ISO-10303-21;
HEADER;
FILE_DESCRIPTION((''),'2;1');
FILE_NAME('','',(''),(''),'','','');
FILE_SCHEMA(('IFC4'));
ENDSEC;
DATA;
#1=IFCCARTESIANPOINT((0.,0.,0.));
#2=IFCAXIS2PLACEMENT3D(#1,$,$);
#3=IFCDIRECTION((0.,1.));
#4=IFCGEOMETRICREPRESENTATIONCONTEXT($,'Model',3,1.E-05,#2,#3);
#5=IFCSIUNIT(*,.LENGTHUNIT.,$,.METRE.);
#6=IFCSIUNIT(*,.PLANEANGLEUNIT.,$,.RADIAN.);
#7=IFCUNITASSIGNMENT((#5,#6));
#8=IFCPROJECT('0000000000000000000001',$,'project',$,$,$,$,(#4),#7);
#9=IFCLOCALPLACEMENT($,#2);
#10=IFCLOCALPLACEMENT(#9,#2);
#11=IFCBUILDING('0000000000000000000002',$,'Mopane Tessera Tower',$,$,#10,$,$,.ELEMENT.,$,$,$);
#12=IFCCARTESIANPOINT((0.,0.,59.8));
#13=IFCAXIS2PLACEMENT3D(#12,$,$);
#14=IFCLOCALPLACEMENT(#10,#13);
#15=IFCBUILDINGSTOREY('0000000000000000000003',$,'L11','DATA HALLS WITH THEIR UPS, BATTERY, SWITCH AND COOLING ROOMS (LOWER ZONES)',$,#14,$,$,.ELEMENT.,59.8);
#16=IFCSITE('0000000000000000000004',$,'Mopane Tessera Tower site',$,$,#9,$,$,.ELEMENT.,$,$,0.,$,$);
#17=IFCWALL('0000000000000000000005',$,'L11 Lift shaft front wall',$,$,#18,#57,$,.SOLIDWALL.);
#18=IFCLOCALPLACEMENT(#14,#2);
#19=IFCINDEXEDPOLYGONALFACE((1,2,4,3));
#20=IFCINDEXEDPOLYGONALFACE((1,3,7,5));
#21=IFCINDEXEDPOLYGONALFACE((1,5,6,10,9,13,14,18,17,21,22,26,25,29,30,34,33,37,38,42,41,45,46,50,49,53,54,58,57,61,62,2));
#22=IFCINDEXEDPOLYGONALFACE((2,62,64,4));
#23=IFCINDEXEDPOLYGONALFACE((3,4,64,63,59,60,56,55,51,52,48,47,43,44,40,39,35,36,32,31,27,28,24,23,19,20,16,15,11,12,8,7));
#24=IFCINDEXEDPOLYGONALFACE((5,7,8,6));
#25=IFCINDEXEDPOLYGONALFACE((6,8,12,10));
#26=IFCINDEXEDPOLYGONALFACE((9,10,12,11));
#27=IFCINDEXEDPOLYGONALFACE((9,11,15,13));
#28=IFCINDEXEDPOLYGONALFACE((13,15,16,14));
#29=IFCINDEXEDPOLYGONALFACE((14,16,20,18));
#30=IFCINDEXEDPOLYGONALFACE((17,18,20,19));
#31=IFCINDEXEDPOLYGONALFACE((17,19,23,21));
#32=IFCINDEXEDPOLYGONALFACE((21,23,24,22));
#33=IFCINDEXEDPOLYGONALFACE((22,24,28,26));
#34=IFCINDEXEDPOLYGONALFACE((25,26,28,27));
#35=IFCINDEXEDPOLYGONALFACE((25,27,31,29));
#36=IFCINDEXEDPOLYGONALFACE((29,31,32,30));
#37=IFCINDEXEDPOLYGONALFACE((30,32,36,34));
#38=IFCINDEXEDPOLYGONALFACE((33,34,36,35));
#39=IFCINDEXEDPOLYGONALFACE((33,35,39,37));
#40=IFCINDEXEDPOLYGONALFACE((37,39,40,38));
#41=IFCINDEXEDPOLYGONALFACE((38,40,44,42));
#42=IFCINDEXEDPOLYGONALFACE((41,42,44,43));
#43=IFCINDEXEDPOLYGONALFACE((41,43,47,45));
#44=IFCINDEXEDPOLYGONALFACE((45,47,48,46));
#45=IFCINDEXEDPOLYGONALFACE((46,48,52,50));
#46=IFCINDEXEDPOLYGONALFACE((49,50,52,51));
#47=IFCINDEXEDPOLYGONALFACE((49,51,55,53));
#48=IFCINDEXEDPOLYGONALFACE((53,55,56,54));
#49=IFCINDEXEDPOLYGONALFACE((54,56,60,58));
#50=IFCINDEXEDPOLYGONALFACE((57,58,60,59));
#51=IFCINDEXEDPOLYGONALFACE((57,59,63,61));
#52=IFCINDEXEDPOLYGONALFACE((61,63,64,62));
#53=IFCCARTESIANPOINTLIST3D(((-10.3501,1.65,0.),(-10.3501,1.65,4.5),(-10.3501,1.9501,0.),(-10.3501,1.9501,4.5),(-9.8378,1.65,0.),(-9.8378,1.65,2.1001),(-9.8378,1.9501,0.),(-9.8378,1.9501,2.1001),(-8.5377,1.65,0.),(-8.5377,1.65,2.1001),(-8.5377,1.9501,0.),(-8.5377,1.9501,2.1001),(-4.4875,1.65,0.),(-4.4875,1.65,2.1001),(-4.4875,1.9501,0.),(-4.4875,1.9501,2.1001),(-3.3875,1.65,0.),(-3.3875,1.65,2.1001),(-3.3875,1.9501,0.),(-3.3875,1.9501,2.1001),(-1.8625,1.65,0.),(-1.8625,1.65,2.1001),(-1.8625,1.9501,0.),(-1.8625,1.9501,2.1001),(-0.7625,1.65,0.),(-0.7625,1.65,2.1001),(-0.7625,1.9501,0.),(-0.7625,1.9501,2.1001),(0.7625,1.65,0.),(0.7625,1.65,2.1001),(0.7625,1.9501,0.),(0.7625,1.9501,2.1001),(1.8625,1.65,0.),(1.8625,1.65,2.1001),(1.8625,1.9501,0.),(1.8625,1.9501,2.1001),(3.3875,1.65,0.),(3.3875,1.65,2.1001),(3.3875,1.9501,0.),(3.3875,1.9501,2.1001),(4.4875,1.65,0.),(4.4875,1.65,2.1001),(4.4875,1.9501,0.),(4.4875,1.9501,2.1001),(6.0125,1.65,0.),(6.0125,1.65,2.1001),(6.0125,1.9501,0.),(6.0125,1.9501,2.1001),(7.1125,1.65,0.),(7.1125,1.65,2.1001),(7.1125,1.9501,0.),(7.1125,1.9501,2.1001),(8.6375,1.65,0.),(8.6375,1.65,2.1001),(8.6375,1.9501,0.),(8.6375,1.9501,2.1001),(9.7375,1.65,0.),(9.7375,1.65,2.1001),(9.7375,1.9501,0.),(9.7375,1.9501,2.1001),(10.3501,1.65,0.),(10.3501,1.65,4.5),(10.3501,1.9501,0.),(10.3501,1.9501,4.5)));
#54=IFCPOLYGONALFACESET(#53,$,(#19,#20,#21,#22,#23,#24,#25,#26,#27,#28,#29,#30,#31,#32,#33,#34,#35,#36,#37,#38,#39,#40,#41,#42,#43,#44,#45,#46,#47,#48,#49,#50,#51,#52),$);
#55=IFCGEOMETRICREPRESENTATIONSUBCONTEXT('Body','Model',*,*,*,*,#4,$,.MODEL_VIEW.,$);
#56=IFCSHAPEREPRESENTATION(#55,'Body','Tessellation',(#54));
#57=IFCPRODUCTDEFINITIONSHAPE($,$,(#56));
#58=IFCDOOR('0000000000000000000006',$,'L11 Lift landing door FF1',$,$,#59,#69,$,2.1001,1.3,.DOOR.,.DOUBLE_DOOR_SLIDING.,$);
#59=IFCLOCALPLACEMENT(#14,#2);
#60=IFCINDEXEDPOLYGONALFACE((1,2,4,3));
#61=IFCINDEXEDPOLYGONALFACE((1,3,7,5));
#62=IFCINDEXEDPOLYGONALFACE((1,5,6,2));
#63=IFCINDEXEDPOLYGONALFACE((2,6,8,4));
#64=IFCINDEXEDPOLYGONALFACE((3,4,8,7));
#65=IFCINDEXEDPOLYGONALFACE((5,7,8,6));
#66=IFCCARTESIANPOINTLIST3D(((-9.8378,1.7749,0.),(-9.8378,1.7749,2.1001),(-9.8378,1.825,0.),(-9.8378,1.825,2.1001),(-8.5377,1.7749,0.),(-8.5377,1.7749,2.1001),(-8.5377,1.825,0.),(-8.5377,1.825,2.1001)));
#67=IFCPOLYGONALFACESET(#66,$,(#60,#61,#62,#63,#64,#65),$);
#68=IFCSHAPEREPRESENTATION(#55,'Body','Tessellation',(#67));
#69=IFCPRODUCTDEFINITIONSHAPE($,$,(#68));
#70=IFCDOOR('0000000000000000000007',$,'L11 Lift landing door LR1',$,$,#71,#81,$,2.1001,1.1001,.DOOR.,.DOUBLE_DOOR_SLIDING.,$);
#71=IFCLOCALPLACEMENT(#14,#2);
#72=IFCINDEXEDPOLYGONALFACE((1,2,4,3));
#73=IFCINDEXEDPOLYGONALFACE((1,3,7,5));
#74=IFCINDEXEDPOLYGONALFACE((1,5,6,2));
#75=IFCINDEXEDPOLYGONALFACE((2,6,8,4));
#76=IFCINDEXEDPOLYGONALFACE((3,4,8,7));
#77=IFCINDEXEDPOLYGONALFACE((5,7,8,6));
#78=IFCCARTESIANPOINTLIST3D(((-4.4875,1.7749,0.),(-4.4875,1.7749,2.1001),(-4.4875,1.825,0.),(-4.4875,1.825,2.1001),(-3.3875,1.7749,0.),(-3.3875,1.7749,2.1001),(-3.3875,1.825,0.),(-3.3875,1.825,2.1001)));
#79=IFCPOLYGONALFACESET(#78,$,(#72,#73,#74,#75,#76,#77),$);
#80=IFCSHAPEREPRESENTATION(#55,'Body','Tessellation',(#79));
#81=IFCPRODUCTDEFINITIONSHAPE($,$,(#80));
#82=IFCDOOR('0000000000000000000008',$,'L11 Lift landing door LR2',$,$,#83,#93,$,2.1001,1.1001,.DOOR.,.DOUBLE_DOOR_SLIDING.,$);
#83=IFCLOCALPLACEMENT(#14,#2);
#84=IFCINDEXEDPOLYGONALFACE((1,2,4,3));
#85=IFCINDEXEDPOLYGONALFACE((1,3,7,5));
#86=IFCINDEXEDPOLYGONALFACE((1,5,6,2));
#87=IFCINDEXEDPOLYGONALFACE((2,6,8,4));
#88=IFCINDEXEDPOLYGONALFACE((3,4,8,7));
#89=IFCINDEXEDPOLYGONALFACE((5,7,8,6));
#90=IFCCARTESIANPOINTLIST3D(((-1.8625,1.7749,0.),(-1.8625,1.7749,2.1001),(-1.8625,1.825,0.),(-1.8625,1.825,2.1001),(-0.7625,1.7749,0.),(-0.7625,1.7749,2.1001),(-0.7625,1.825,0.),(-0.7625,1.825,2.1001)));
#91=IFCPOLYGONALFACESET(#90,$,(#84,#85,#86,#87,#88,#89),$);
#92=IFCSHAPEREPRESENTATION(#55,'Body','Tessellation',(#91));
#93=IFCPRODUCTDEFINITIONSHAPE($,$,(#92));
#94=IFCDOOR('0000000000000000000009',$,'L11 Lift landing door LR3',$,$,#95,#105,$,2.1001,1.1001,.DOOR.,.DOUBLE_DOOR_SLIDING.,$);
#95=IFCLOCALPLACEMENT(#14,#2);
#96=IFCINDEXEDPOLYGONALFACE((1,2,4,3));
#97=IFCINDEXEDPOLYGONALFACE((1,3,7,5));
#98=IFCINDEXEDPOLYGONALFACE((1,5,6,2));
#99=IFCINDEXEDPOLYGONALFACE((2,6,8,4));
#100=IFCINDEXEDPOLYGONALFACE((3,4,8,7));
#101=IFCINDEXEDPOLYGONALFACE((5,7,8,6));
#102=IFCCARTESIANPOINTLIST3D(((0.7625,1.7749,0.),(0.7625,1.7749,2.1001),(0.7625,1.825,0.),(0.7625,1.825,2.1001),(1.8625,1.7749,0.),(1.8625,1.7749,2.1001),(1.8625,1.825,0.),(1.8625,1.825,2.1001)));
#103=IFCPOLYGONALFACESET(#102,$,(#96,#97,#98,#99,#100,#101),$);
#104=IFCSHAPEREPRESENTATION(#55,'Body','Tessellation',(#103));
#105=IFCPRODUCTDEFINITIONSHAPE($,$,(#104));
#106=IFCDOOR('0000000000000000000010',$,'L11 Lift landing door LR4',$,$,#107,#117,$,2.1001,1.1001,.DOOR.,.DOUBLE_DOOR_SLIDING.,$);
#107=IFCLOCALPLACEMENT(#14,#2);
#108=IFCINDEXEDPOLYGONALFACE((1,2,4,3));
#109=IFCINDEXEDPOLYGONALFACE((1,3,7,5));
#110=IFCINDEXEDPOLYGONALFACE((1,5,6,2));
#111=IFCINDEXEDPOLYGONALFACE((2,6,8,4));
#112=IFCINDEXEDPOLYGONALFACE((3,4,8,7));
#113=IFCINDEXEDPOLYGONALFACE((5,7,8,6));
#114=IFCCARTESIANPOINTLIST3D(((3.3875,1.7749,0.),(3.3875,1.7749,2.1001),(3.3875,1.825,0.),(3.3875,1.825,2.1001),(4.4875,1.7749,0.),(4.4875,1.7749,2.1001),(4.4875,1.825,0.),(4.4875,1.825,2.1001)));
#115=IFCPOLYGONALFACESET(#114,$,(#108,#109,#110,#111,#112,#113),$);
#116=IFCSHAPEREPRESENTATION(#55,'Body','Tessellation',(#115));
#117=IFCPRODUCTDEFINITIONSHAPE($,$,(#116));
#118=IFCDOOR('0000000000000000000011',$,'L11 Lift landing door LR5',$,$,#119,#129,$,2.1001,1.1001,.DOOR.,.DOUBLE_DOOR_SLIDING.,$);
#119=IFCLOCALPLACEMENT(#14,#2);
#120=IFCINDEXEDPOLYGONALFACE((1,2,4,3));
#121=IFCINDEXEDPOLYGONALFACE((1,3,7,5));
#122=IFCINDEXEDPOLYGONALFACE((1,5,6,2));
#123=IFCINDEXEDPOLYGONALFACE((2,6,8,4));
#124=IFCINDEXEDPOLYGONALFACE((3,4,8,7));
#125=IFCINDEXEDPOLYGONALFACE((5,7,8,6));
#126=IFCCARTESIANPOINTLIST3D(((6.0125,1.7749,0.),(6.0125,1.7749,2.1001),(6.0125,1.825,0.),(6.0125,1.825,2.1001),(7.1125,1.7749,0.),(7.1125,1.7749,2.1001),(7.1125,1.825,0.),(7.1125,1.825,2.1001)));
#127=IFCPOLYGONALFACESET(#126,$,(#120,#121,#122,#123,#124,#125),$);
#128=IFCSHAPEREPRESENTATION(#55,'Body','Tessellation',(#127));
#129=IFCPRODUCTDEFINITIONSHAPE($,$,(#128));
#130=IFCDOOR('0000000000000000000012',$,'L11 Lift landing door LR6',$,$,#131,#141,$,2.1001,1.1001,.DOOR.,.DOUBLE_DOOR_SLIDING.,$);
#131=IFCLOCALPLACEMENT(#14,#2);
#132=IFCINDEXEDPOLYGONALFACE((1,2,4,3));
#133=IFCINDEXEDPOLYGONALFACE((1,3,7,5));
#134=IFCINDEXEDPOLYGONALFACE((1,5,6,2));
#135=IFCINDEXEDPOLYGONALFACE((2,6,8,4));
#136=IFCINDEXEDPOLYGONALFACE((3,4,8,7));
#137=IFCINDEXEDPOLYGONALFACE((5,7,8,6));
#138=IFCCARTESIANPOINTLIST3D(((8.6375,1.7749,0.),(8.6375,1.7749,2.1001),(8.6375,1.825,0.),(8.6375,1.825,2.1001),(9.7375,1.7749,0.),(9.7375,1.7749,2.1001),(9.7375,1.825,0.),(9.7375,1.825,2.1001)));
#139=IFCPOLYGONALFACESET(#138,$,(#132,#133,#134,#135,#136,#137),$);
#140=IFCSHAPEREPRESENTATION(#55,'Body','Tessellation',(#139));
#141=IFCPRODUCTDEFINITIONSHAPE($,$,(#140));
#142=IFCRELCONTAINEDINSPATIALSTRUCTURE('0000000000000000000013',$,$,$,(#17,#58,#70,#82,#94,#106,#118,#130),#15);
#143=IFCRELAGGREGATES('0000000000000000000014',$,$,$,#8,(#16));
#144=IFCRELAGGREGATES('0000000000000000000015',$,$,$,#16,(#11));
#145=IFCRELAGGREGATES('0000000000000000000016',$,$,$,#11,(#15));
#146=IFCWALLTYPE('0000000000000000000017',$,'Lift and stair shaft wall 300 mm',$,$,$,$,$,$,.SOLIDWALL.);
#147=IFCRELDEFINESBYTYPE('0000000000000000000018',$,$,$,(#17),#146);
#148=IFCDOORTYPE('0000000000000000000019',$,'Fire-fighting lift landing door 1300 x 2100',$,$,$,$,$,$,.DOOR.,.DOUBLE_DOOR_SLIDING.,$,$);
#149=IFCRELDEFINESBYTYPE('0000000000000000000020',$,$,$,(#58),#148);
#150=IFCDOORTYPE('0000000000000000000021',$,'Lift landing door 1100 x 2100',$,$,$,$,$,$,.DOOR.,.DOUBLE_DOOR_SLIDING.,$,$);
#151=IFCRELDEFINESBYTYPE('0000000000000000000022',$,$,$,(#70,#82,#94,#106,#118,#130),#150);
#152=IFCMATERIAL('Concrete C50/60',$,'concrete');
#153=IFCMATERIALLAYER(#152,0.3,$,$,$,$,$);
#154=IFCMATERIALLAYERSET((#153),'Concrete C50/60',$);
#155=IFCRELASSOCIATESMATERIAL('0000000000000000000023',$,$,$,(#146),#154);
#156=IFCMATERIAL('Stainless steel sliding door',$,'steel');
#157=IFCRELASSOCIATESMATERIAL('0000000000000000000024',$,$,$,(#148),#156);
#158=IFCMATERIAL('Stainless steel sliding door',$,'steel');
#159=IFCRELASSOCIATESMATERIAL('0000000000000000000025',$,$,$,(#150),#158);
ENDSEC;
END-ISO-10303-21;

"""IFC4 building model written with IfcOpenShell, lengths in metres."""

from ifc_helpers import new_model, si_unit, direction, frame, frame_2d, origin, place, context, subcontext, project, spatial, rectangle, extrude, material, layer, layer_set, type_object, element, fill, save


model = new_model("IFC4")

# Units and contexts
model_context = context("Model", 3, precision=1e-05, world=origin(), true_north=direction((0.0, 1.0)))
body_context = subcontext(model_context, "Body", "Model", "MODEL_VIEW")
ifc_project = project(units=[si_unit("LENGTHUNIT", "METRE"), si_unit("PLANEANGLEUNIT", "RADIAN")], contexts=[model_context])

# Site, building, storey
site_placement = place(None, origin())
site = spatial("IfcSite", under=ifc_project, at=site_placement, Name="Mopane Tessera Tower site", CompositionType="ELEMENT", RefElevation=0.0)
building_placement = place(site_placement, origin())
building = spatial("IfcBuilding", under=site, at=building_placement, Name="Mopane Tessera Tower", CompositionType="ELEMENT")
storey_placement = place(building_placement, frame((0.0, 0.0, 59.8)))
storey = spatial("IfcBuildingStorey", under=building, at=storey_placement, Name="L11", Description="DATA HALLS WITH THEIR UPS, BATTERY, SWITCH AND COOLING ROOMS (LOWER ZONES)", CompositionType="ELEMENT", Elevation=59.8)

# Shared definitions
ifc_material_1 = material(Name="Concrete C50/60", Category="concrete")
ifc_layer_1 = layer(ifc_material_1, 0.3)
ifc_layer_set_1 = layer_set([ifc_layer_1], Name="Concrete C50/60")
wall_type_1 = type_object("IfcWallType", Name="Lift and stair shaft wall 300 mm", PredefinedType="SOLIDWALL", material=ifc_layer_set_1)

# Wall, openings, doors
wall_1_placement = place(storey_placement, frame((-10.3501, 1.8, 0.0), z_axis=(0.0, 0.0, 1.0), x_axis=(1.0, 0.0, 0.0)))
wall_1 = element("IfcWall", 1, at=wall_1_placement, inside=storey, type_object=wall_type_1, Name="L11 Lift shaft front wall", PredefinedType="SOLIDWALL", context=body_context, shape_type="SweptSolid", body=[
    extrude(rectangle(XDim=20.7002, YDim=0.3, at=frame_2d((10.3501, 0.0))), origin(), (0.0, 0.0, 1.0), 4.5),
])
opening_1_placement = place(wall_1_placement, frame((0.5125, 0.0, 0.0)))
opening_1 = element("IfcOpeningElement", 2, at=opening_1_placement, cuts=wall_1, PredefinedType="OPENING", context=body_context, shape_type="SweptSolid", body=[
    extrude(rectangle(XDim=1.3, YDim=2.1001, at=frame_2d((0.6499, 1.05))), frame((0.0, 0.1621, 0.0), z_axis=(0.0, -1.0, 0.0), x_axis=(1.0, 0.0, 0.0)), (0.0, 0.0, 1.0), 0.324),
])
opening_2_placement = place(wall_1_placement, frame((5.8625, 0.0, 0.0)))
opening_2 = element("IfcOpeningElement", 3, at=opening_2_placement, cuts=wall_1, PredefinedType="OPENING", context=body_context, shape_type="SweptSolid", body=[
    extrude(rectangle(XDim=1.1001, YDim=2.1001, at=frame_2d((0.55, 1.05))), frame((0.0, 0.1621, 0.0), z_axis=(0.0, -1.0, 0.0), x_axis=(1.0, 0.0, 0.0)), (0.0, 0.0, 1.0), 0.324),
])
opening_3_placement = place(wall_1_placement, frame((8.4875, 0.0, 0.0)))
opening_3 = element("IfcOpeningElement", 4, at=opening_3_placement, cuts=wall_1, PredefinedType="OPENING", context=body_context, shape_type="SweptSolid", body=[
    extrude(rectangle(XDim=1.1001, YDim=2.1001, at=frame_2d((0.55, 1.05))), frame((0.0, 0.1621, 0.0), z_axis=(0.0, -1.0, 0.0), x_axis=(1.0, 0.0, 0.0)), (0.0, 0.0, 1.0), 0.324),
])
opening_4_placement = place(wall_1_placement, frame((11.1125, 0.0, 0.0)))
opening_4 = element("IfcOpeningElement", 5, at=opening_4_placement, cuts=wall_1, PredefinedType="OPENING", context=body_context, shape_type="SweptSolid", body=[
    extrude(rectangle(XDim=1.1001, YDim=2.1001, at=frame_2d((0.55, 1.05))), frame((0.0, 0.1621, 0.0), z_axis=(0.0, -1.0, 0.0), x_axis=(1.0, 0.0, 0.0)), (0.0, 0.0, 1.0), 0.324),
])
opening_5_placement = place(wall_1_placement, frame((13.7375, 0.0, 0.0)))
opening_5 = element("IfcOpeningElement", 6, at=opening_5_placement, cuts=wall_1, PredefinedType="OPENING", context=body_context, shape_type="SweptSolid", body=[
    extrude(rectangle(XDim=1.1001, YDim=2.1001, at=frame_2d((0.55, 1.05))), frame((0.0, 0.1621, 0.0), z_axis=(0.0, -1.0, 0.0), x_axis=(1.0, 0.0, 0.0)), (0.0, 0.0, 1.0), 0.324),
])
opening_6_placement = place(wall_1_placement, frame((16.3625, 0.0, 0.0)))
opening_6 = element("IfcOpeningElement", 7, at=opening_6_placement, cuts=wall_1, PredefinedType="OPENING", context=body_context, shape_type="SweptSolid", body=[
    extrude(rectangle(XDim=1.1001, YDim=2.1001, at=frame_2d((0.55, 1.05))), frame((0.0, 0.1621, 0.0), z_axis=(0.0, -1.0, 0.0), x_axis=(1.0, 0.0, 0.0)), (0.0, 0.0, 1.0), 0.324),
])
opening_7_placement = place(wall_1_placement, frame((18.9875, 0.0, 0.0)))
opening_7 = element("IfcOpeningElement", 8, at=opening_7_placement, cuts=wall_1, PredefinedType="OPENING", context=body_context, shape_type="SweptSolid", body=[
    extrude(rectangle(XDim=1.1001, YDim=2.1001, at=frame_2d((0.55, 1.05))), frame((0.0, 0.1621, 0.0), z_axis=(0.0, -1.0, 0.0), x_axis=(1.0, 0.0, 0.0)), (0.0, 0.0, 1.0), 0.324),
])
ifc_material_2 = material(Name="Stainless steel sliding door", Category="steel")
door_type_1 = type_object("IfcDoorType", Name="Fire-fighting lift landing door 1300 x 2100", OperationType="DOUBLE_DOOR_SLIDING", PredefinedType="DOOR", material=ifc_material_2)
door_1_placement = place(opening_1_placement, origin())
door_1 = element("IfcDoor", 9, at=door_1_placement, inside=storey, type_object=door_type_1, Name="L11 Lift landing door FF1", OperationType="DOUBLE_DOOR_SLIDING", OverallHeight=2.1001, OverallWidth=1.3, PredefinedType="DOOR", context=body_context, shape_type="SweptSolid", body=[
    extrude(rectangle(XDim=1.3, YDim=2.1001, at=frame_2d((0.6499, 1.05))), frame((0.0, 0.0249, 0.0), z_axis=(0.0, -1.0, 0.0), x_axis=(1.0, 0.0, 0.0)), (0.0, 0.0, 1.0), 0.05),
])
fill(opening_1, door_1)
ifc_material_3 = material(Name="Stainless steel sliding door", Category="steel")
door_type_2 = type_object("IfcDoorType", Name="Lift landing door 1100 x 2100", OperationType="DOUBLE_DOOR_SLIDING", PredefinedType="DOOR", material=ifc_material_3)
door_2_placement = place(opening_2_placement, origin())
door_2 = element("IfcDoor", 10, at=door_2_placement, inside=storey, type_object=door_type_2, Name="L11 Lift landing door LR1", OperationType="DOUBLE_DOOR_SLIDING", OverallHeight=2.1001, OverallWidth=1.1001, PredefinedType="DOOR", context=body_context, shape_type="SweptSolid", body=[
    extrude(rectangle(XDim=1.1001, YDim=2.1001, at=frame_2d((0.55, 1.05))), frame((0.0, 0.0249, 0.0), z_axis=(0.0, -1.0, 0.0), x_axis=(1.0, 0.0, 0.0)), (0.0, 0.0, 1.0), 0.05),
])
fill(opening_2, door_2)
door_3_placement = place(opening_3_placement, origin())
door_3 = element("IfcDoor", 11, at=door_3_placement, inside=storey, type_object=door_type_2, Name="L11 Lift landing door LR2", OperationType="DOUBLE_DOOR_SLIDING", OverallHeight=2.1001, OverallWidth=1.1001, PredefinedType="DOOR", context=body_context, shape_type="SweptSolid", body=[
    extrude(rectangle(XDim=1.1001, YDim=2.1001, at=frame_2d((0.55, 1.05))), frame((0.0, 0.0249, 0.0), z_axis=(0.0, -1.0, 0.0), x_axis=(1.0, 0.0, 0.0)), (0.0, 0.0, 1.0), 0.05),
])
fill(opening_3, door_3)
door_4_placement = place(opening_4_placement, origin())
door_4 = element("IfcDoor", 12, at=door_4_placement, inside=storey, type_object=door_type_2, Name="L11 Lift landing door LR3", OperationType="DOUBLE_DOOR_SLIDING", OverallHeight=2.1001, OverallWidth=1.1001, PredefinedType="DOOR", context=body_context, shape_type="SweptSolid", body=[
    extrude(rectangle(XDim=1.1001, YDim=2.1001, at=frame_2d((0.55, 1.05))), frame((0.0, 0.0249, 0.0), z_axis=(0.0, -1.0, 0.0), x_axis=(1.0, 0.0, 0.0)), (0.0, 0.0, 1.0), 0.05),
])
fill(opening_4, door_4)
door_5_placement = place(opening_5_placement, origin())
door_5 = element("IfcDoor", 13, at=door_5_placement, inside=storey, type_object=door_type_2, Name="L11 Lift landing door LR4", OperationType="DOUBLE_DOOR_SLIDING", OverallHeight=2.1001, OverallWidth=1.1001, PredefinedType="DOOR", context=body_context, shape_type="SweptSolid", body=[
    extrude(rectangle(XDim=1.1001, YDim=2.1001, at=frame_2d((0.55, 1.05))), frame((0.0, 0.0249, 0.0), z_axis=(0.0, -1.0, 0.0), x_axis=(1.0, 0.0, 0.0)), (0.0, 0.0, 1.0), 0.05),
])
fill(opening_5, door_5)
door_6_placement = place(opening_6_placement, origin())
door_6 = element("IfcDoor", 14, at=door_6_placement, inside=storey, type_object=door_type_2, Name="L11 Lift landing door LR5", OperationType="DOUBLE_DOOR_SLIDING", OverallHeight=2.1001, OverallWidth=1.1001, PredefinedType="DOOR", context=body_context, shape_type="SweptSolid", body=[
    extrude(rectangle(XDim=1.1001, YDim=2.1001, at=frame_2d((0.55, 1.05))), frame((0.0, 0.0249, 0.0), z_axis=(0.0, -1.0, 0.0), x_axis=(1.0, 0.0, 0.0)), (0.0, 0.0, 1.0), 0.05),
])
fill(opening_6, door_6)
door_7_placement = place(opening_7_placement, origin())
door_7 = element("IfcDoor", 15, at=door_7_placement, inside=storey, type_object=door_type_2, Name="L11 Lift landing door LR6", OperationType="DOUBLE_DOOR_SLIDING", OverallHeight=2.1001, OverallWidth=1.1001, PredefinedType="DOOR", context=body_context, shape_type="SweptSolid", body=[
    extrude(rectangle(XDim=1.1001, YDim=2.1001, at=frame_2d((0.55, 1.05))), frame((0.0, 0.0249, 0.0), z_axis=(0.0, -1.0, 0.0), x_axis=(1.0, 0.0, 0.0)), (0.0, 0.0, 1.0), 0.05),
])
fill(opening_7, door_7)

save(model, "model.ifc")
